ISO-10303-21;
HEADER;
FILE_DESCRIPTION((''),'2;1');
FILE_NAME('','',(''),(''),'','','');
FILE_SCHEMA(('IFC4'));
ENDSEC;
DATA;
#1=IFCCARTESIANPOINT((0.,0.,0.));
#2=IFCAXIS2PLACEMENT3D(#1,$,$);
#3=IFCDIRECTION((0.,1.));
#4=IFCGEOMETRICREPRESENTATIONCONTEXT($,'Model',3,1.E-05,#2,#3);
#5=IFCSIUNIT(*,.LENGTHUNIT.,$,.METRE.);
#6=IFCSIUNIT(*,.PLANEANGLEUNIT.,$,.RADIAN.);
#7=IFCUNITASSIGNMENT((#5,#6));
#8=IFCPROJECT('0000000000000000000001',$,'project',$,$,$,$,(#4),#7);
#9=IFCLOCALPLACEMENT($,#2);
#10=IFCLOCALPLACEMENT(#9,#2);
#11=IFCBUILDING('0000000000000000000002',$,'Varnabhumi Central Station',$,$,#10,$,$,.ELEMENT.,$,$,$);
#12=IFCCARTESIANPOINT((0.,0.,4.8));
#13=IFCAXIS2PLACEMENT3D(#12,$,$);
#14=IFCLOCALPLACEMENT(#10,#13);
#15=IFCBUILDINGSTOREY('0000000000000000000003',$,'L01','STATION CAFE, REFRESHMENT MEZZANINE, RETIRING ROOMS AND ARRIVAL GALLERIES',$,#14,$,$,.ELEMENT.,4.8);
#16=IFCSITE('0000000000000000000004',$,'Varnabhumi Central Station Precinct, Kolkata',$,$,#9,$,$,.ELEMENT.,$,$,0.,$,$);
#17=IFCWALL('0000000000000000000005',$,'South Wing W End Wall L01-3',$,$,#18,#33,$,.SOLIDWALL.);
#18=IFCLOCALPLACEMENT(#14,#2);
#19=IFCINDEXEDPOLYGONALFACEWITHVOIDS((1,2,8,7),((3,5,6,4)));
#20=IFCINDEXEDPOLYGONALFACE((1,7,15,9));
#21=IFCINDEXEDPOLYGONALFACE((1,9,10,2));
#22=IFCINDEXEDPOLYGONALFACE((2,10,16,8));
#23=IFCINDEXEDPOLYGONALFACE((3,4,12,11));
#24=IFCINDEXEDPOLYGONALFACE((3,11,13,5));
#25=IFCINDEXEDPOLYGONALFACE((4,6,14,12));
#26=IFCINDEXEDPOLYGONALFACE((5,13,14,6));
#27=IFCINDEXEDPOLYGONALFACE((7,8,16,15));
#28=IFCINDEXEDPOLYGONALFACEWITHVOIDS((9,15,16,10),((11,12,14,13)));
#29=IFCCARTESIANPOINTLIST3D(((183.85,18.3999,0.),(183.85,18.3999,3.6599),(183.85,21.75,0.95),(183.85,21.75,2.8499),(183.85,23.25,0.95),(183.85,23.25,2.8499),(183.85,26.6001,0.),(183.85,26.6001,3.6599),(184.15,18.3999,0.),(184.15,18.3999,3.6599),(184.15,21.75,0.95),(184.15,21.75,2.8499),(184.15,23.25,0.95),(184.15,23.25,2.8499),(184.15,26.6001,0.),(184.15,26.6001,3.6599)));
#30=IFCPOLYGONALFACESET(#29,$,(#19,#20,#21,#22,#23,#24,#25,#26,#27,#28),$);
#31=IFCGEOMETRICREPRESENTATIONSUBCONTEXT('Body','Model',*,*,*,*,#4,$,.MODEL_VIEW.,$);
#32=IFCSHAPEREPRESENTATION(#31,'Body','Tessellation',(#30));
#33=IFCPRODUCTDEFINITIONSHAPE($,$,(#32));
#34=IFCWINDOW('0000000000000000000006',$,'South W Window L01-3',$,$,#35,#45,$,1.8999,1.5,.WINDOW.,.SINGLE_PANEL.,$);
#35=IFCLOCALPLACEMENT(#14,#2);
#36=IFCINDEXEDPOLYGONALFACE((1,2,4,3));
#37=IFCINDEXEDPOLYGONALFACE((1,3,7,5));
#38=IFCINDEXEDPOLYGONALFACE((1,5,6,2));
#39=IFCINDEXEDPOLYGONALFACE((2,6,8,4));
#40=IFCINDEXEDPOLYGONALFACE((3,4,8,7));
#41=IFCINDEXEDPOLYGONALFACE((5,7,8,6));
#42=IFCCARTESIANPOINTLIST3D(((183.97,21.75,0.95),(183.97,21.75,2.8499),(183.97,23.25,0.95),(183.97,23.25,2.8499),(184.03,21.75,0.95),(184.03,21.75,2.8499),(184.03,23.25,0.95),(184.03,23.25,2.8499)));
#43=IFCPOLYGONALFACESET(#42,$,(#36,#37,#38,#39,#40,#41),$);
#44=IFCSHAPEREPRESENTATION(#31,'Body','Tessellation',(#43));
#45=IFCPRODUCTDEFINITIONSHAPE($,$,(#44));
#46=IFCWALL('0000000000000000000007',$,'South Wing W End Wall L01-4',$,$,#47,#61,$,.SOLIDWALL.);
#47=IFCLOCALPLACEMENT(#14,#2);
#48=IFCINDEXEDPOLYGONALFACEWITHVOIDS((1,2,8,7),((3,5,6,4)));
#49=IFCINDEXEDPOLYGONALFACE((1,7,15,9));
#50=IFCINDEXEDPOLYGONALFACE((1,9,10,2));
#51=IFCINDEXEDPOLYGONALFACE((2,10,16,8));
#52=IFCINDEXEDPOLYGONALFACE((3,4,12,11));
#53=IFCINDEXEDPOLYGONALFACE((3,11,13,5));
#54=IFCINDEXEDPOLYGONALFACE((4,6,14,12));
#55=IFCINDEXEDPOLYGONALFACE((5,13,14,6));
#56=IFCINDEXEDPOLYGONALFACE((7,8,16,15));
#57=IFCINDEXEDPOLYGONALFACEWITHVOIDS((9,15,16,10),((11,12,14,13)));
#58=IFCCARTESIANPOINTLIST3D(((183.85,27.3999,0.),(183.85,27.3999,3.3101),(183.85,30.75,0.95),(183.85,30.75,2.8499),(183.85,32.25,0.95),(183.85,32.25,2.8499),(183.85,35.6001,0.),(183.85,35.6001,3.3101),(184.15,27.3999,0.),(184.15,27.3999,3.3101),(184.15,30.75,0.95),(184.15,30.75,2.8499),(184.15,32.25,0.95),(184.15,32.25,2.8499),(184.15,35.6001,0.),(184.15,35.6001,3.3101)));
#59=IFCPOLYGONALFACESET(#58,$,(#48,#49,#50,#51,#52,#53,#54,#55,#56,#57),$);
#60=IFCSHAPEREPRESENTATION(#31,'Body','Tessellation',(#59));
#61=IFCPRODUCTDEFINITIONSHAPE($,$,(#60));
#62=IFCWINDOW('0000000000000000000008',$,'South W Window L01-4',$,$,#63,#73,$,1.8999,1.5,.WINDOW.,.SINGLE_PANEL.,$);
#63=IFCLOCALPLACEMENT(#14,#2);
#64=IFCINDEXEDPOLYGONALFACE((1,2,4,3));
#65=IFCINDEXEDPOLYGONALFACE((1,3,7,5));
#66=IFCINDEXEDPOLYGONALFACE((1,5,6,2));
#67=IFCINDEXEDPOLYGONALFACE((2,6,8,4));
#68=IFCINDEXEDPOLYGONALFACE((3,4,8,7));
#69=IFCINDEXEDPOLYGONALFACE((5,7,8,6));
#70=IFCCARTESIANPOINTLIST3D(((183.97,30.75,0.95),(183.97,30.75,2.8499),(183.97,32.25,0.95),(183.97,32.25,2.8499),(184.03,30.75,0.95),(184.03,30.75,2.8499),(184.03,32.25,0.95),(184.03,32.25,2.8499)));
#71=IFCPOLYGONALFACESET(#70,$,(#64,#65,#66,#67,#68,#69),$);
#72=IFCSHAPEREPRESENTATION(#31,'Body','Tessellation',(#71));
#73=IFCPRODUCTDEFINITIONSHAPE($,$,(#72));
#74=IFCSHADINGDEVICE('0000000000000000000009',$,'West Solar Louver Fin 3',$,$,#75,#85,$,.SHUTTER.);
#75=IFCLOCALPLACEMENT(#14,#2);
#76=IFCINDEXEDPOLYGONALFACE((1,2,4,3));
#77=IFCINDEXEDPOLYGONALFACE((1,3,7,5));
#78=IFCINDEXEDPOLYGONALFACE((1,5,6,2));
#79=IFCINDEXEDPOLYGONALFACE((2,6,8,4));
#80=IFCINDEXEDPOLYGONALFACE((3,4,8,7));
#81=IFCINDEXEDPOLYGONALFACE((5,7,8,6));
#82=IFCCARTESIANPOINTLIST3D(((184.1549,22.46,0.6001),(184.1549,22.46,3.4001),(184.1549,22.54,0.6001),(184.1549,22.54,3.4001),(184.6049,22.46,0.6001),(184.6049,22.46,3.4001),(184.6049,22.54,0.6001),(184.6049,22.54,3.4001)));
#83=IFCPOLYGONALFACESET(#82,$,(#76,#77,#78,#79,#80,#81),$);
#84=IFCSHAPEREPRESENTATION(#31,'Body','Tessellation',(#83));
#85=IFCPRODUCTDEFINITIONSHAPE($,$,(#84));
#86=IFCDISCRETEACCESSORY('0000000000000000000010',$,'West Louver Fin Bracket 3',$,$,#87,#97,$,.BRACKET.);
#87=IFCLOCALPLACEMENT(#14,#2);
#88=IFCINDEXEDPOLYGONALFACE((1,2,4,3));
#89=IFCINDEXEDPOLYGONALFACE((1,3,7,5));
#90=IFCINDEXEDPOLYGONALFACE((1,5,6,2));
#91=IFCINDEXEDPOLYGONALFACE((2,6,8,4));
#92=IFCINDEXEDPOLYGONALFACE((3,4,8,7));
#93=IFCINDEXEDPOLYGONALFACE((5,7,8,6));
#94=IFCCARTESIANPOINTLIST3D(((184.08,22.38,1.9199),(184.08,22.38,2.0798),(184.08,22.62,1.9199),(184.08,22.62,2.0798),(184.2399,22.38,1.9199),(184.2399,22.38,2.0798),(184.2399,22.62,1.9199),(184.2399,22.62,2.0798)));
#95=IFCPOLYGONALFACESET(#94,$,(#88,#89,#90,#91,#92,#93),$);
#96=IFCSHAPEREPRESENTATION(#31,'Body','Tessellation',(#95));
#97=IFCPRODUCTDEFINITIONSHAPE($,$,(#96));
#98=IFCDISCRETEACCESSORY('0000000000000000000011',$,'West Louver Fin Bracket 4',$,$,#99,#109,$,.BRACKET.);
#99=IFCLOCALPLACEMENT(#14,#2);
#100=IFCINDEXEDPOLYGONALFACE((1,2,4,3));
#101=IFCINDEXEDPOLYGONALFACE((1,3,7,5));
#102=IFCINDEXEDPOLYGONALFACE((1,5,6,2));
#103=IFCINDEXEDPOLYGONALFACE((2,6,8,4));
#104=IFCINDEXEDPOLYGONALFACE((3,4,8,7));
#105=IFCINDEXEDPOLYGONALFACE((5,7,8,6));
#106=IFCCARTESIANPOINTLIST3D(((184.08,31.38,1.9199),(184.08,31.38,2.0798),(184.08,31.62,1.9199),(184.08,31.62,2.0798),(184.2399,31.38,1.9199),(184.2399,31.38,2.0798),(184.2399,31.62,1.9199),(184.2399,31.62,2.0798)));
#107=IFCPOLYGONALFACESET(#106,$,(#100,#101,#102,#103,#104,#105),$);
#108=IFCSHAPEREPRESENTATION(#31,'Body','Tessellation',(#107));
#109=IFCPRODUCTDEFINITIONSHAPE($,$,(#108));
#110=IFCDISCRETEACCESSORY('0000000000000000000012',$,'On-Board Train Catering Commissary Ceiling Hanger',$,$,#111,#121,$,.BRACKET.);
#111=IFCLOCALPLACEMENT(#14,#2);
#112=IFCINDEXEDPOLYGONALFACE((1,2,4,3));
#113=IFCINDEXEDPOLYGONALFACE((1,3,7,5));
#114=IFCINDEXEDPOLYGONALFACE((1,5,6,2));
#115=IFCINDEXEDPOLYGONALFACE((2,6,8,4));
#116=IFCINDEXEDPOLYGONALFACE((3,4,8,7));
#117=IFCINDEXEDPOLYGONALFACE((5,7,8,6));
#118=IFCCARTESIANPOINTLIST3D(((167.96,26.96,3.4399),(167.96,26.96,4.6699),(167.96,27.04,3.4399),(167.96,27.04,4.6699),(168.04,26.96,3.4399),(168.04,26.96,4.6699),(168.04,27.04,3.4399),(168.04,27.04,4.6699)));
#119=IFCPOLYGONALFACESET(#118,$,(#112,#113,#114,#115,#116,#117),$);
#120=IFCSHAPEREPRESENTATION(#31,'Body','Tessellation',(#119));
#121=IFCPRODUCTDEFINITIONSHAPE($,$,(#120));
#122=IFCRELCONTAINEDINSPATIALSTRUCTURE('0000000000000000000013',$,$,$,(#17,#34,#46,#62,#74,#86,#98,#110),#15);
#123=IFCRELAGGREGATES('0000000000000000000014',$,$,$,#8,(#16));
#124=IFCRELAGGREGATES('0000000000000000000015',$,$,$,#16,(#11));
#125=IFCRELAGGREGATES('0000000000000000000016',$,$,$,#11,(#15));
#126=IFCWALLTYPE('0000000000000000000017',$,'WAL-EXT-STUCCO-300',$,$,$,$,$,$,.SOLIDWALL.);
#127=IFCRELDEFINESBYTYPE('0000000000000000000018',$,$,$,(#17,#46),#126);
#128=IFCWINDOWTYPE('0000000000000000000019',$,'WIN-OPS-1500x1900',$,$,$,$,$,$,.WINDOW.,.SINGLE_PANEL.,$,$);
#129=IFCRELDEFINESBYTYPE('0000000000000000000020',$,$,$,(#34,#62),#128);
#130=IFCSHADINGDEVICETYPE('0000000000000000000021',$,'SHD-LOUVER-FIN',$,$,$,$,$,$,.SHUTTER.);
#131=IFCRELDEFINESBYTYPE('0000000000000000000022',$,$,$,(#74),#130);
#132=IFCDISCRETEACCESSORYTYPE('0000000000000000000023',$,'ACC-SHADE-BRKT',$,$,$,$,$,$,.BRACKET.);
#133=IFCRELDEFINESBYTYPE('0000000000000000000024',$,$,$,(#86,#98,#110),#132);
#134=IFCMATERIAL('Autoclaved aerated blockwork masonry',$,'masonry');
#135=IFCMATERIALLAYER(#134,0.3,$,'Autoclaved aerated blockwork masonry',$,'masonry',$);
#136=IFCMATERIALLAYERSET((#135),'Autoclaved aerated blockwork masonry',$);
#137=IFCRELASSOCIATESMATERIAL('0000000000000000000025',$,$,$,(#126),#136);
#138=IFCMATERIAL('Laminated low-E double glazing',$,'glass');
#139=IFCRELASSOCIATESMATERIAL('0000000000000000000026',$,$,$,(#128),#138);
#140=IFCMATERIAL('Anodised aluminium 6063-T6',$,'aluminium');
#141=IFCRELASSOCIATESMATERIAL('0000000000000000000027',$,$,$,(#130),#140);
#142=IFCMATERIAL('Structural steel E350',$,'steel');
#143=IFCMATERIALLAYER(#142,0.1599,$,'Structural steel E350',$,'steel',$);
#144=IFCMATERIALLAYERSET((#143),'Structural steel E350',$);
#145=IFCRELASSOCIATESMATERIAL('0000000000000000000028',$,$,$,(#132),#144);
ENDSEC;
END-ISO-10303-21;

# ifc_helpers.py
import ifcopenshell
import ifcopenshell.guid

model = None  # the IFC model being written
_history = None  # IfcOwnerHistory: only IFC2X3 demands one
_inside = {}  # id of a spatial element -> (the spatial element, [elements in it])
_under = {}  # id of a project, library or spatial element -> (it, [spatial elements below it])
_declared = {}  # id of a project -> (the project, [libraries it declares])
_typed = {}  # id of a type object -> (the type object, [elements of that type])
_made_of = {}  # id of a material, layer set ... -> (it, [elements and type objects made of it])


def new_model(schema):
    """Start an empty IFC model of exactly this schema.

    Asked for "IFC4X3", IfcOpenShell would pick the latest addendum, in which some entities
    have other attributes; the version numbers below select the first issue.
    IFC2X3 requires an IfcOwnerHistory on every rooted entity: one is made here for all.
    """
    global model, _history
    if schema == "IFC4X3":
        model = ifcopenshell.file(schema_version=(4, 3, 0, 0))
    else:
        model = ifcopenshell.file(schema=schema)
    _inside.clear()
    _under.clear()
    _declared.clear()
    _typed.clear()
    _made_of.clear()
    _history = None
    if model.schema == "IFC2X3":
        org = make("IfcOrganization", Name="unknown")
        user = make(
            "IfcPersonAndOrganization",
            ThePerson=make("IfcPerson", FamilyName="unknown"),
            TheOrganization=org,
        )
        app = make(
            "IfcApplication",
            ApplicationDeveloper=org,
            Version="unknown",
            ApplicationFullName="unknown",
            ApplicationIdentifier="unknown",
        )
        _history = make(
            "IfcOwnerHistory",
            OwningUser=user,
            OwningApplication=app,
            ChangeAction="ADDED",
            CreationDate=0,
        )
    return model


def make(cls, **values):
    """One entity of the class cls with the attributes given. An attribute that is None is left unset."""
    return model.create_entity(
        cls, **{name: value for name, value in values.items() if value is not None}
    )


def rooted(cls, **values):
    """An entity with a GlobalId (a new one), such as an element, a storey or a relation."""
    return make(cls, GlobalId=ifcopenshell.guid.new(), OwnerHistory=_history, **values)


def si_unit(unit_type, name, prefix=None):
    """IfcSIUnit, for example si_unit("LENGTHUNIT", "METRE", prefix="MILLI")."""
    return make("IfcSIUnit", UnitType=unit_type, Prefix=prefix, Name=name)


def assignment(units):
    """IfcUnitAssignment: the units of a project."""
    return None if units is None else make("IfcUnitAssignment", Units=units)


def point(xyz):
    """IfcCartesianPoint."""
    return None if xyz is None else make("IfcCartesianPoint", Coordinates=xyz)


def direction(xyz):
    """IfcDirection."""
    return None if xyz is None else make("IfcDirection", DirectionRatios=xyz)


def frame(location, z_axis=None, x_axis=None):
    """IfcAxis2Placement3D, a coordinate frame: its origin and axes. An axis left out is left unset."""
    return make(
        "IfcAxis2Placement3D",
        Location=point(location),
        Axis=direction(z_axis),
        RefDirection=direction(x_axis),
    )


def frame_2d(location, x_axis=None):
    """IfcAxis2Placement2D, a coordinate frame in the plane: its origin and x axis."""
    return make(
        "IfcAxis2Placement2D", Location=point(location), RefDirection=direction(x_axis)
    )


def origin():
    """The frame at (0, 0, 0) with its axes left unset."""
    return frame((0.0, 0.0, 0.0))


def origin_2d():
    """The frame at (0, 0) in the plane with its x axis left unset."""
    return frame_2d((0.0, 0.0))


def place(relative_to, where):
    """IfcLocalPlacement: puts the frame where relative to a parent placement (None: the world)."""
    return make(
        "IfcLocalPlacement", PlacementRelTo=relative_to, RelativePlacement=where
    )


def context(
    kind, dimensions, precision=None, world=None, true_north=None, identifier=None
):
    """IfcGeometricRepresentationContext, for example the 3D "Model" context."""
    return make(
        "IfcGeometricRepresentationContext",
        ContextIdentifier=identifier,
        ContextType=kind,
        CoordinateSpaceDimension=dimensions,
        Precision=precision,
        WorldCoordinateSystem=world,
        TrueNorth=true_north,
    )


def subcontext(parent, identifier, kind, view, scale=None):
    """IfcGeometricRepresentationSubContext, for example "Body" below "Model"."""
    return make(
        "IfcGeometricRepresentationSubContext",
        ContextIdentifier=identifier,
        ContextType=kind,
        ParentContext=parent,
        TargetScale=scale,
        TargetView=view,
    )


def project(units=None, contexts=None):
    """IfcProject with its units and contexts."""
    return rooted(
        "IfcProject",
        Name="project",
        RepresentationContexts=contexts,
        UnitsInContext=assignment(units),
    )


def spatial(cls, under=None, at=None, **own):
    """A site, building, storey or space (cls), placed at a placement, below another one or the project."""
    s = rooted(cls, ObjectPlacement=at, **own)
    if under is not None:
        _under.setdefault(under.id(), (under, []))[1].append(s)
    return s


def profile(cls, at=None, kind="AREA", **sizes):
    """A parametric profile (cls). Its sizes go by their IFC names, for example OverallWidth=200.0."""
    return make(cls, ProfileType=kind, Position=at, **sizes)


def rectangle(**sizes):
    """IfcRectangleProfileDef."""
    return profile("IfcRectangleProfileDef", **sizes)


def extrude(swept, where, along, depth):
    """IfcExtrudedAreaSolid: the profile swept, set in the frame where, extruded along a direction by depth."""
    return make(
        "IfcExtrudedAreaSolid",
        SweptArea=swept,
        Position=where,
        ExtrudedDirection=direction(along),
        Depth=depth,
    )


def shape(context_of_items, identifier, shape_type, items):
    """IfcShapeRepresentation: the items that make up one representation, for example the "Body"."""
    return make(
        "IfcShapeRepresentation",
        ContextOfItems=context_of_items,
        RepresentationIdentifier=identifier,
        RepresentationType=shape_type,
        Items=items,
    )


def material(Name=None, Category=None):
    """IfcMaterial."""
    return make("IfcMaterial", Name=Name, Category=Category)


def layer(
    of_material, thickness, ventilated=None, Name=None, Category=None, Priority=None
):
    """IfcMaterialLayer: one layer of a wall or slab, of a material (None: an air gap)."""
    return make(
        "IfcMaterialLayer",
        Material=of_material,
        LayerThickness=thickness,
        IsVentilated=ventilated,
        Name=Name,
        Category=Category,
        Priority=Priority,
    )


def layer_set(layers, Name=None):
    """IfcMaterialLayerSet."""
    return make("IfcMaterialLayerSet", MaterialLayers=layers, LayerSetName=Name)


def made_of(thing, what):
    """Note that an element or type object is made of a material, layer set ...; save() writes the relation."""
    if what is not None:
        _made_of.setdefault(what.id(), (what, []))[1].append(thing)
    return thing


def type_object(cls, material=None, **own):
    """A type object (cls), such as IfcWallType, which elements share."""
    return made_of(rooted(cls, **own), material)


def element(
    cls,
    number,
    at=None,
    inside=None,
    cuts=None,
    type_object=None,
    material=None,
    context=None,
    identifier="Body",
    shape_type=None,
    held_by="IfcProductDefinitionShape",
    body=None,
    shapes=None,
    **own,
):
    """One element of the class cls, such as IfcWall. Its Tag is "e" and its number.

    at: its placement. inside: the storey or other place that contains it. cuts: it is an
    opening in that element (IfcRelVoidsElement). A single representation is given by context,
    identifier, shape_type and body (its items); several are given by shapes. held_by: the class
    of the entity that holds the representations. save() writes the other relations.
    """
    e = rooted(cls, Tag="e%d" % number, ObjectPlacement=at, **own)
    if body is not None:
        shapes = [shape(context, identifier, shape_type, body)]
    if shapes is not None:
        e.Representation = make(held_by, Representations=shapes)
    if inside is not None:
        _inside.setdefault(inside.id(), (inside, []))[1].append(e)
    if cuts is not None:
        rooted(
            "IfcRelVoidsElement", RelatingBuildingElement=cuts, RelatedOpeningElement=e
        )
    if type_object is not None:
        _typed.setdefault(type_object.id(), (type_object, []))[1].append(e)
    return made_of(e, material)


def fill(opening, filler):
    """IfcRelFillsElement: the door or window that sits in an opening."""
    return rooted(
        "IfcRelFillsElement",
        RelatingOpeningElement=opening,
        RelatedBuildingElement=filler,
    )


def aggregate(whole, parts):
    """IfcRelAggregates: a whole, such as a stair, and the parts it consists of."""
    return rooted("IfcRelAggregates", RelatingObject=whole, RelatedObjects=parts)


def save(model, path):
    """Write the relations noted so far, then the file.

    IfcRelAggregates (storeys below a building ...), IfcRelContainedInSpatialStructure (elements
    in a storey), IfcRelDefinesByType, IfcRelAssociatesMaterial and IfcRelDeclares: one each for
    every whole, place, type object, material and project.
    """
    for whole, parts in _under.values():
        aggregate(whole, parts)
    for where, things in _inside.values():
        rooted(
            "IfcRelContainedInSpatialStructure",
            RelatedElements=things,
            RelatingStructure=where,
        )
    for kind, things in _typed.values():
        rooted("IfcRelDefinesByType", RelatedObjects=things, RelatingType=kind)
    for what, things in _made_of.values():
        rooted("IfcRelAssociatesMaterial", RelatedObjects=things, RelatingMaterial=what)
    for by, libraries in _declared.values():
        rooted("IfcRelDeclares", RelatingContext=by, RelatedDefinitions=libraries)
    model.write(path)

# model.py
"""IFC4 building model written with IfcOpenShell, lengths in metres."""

from ifc_helpers import new_model, si_unit, direction, frame, frame_2d, origin, origin_2d, place, context, subcontext, project, spatial, rectangle, extrude, material, layer, layer_set, type_object, element, fill, save


model = new_model("IFC4")

# Units and contexts
model_context = context("Model", 3, precision=1e-05, world=origin(), true_north=direction((0.0, 1.0)))
body_context = subcontext(model_context, "Body", "Model", "MODEL_VIEW")
ifc_project = project(units=[si_unit("LENGTHUNIT", "METRE"), si_unit("PLANEANGLEUNIT", "RADIAN")], contexts=[model_context])

# Site, building, storey
site_placement = place(None, origin())
site = spatial("IfcSite", under=ifc_project, at=site_placement, Name="Varnabhumi Central Station Precinct, Kolkata", CompositionType="ELEMENT", RefElevation=0.0)
building_placement = place(site_placement, origin())
building = spatial("IfcBuilding", under=site, at=building_placement, Name="Varnabhumi Central Station", CompositionType="ELEMENT")
storey_placement = place(building_placement, frame((0.0, 0.0, 4.8)))
storey = spatial("IfcBuildingStorey", under=building, at=storey_placement, Name="L01", Description="STATION CAFE, REFRESHMENT MEZZANINE, RETIRING ROOMS AND ARRIVAL GALLERIES", CompositionType="ELEMENT", Elevation=4.8)

# Walls, openings, windows
ifc_material_1 = material(Name="Autoclaved aerated blockwork masonry", Category="masonry")
ifc_layer_1 = layer(ifc_material_1, 0.3, Name="Autoclaved aerated blockwork masonry", Category="masonry")
ifc_layer_set_1 = layer_set([ifc_layer_1], Name="Autoclaved aerated blockwork masonry")
wall_type = type_object("IfcWallType", Name="WAL-EXT-STUCCO-300", PredefinedType="SOLIDWALL", material=ifc_layer_set_1)
wall_1_placement = place(storey_placement, frame((184.0, 18.3999, 0.0), z_axis=(0.0, 0.0, 1.0), x_axis=(0.0, 1.0, 0.0)))
wall_1 = element("IfcWall", 1, at=wall_1_placement, inside=storey, type_object=wall_type, Name="South Wing W End Wall L01-3", PredefinedType="SOLIDWALL", context=body_context, shape_type="SweptSolid", body=[
    extrude(rectangle(XDim=8.2002, YDim=0.3, at=frame_2d((4.1001, 0.0))), origin(), (0.0, 0.0, 1.0), 3.6599),
])
opening_1_placement = place(wall_1_placement, frame((3.3501, 0.0, 0.95)))
opening_1 = element("IfcOpeningElement", 2, at=opening_1_placement, cuts=wall_1, PredefinedType="OPENING", context=body_context, shape_type="SweptSolid", body=[
    extrude(rectangle(XDim=1.5, YDim=1.8999, at=frame_2d((0.75, 0.95))), frame((0.0, 0.1599, 0.0), z_axis=(0.0, -1.0, 0.0), x_axis=(1.0, 0.0, 0.0)), (0.0, 0.0, 1.0), 0.3201),
])
ifc_material_2 = material(Name="Laminated low-E double glazing", Category="glass")
window_type = type_object("IfcWindowType", Name="WIN-OPS-1500x1900", PartitioningType="SINGLE_PANEL", PredefinedType="WINDOW", material=ifc_material_2)
window_1_placement = place(opening_1_placement, origin())
window_1 = element("IfcWindow", 3, at=window_1_placement, inside=storey, type_object=window_type, Name="South W Window L01-3", OverallHeight=1.8999, OverallWidth=1.5, PartitioningType="SINGLE_PANEL", PredefinedType="WINDOW", context=body_context, shape_type="SweptSolid", body=[
    extrude(rectangle(XDim=1.5, YDim=1.8999, at=frame_2d((0.75, 0.95))), frame((0.0, 0.03, 0.0), z_axis=(0.0, -1.0, 0.0), x_axis=(1.0, 0.0, 0.0)), (0.0, 0.0, 1.0), 0.0601),
])
fill(opening_1, window_1)
wall_2_placement = place(storey_placement, frame((184.0, 27.3999, 0.0), z_axis=(0.0, 0.0, 1.0), x_axis=(0.0, 1.0, 0.0)))
wall_2 = element("IfcWall", 4, at=wall_2_placement, inside=storey, type_object=wall_type, Name="South Wing W End Wall L01-4", PredefinedType="SOLIDWALL", context=body_context, shape_type="SweptSolid", body=[
    extrude(rectangle(XDim=8.2002, YDim=0.3, at=frame_2d((4.1001, 0.0))), origin(), (0.0, 0.0, 1.0), 3.3101),
])
opening_2_placement = place(wall_2_placement, frame((3.3501, 0.0, 0.95)))
opening_2 = element("IfcOpeningElement", 5, at=opening_2_placement, cuts=wall_2, PredefinedType="OPENING", context=body_context, shape_type="SweptSolid", body=[
    extrude(rectangle(XDim=1.5, YDim=1.8999, at=frame_2d((0.75, 0.95))), frame((0.0, 0.1599, 0.0), z_axis=(0.0, -1.0, 0.0), x_axis=(1.0, 0.0, 0.0)), (0.0, 0.0, 1.0), 0.3201),
])
window_2_placement = place(opening_2_placement, origin())
window_2 = element("IfcWindow", 6, at=window_2_placement, inside=storey, type_object=window_type, Name="South W Window L01-4", OverallHeight=1.8999, OverallWidth=1.5, PartitioningType="SINGLE_PANEL", PredefinedType="WINDOW", context=body_context, shape_type="SweptSolid", body=[
    extrude(rectangle(XDim=1.5, YDim=1.8999, at=frame_2d((0.75, 0.95))), frame((0.0, 0.03, 0.0), z_axis=(0.0, -1.0, 0.0), x_axis=(1.0, 0.0, 0.0)), (0.0, 0.0, 1.0), 0.0601),
])
fill(opening_2, window_2)

# Shading device
ifc_material_3 = material(Name="Anodised aluminium 6063-T6", Category="aluminium")
shading_device_type = type_object("IfcShadingDeviceType", Name="SHD-LOUVER-FIN", PredefinedType="SHUTTER", material=ifc_material_3)
shading_device_placement = place(storey_placement, frame((184.3799, 22.5, 0.6001), z_axis=(0.0, 0.0, 1.0), x_axis=(1.0, 0.0, 0.0)))
element("IfcShadingDevice", 7, at=shading_device_placement, inside=storey, type_object=shading_device_type, Name="West Solar Louver Fin 3", PredefinedType="SHUTTER", context=body_context, shape_type="SweptSolid", body=[
    extrude(rectangle(XDim=0.45, YDim=0.0801, at=origin_2d()), origin(), (0.0, 0.0, 1.0), 2.8),
])

# Discrete accessories
ifc_material_4 = material(Name="Structural steel E350", Category="steel")
ifc_layer_2 = layer(ifc_material_4, 0.1599, Name="Structural steel E350", Category="steel")
ifc_layer_set_2 = layer_set([ifc_layer_2], Name="Structural steel E350")
discrete_accessory_type = type_object("IfcDiscreteAccessoryType", Name="ACC-SHADE-BRKT", PredefinedType="BRACKET", material=ifc_layer_set_2)
for number, where, z_axis, x_axis, name in (
    (8, (184.1599, 22.5, 1.9199), (0.0, 0.0, 1.0), (1.0, 0.0, 0.0), "West Louver Fin Bracket 3"),
    (9, (184.1599, 31.5, 1.9199), (0.0, 0.0, 1.0), (1.0, 0.0, 0.0), "West Louver Fin Bracket 4"),
):
    element("IfcDiscreteAccessory", number, at=place(storey_placement, frame(where, z_axis=z_axis, x_axis=x_axis)), inside=storey, type_object=discrete_accessory_type, Name=name, PredefinedType="BRACKET", context=body_context, shape_type="SweptSolid", body=[
        extrude(rectangle(XDim=0.1599, YDim=0.24, at=origin_2d()), origin(), (0.0, 0.0, 1.0), 0.1599),
    ])
discrete_accessory_placement = place(storey_placement, frame((168.0, 27.0, 3.4399), z_axis=(0.0, 0.0, 1.0), x_axis=(1.0, 0.0, 0.0)))
element("IfcDiscreteAccessory", 10, at=discrete_accessory_placement, inside=storey, type_object=discrete_accessory_type, Name="On-Board Train Catering Commissary Ceiling Hanger", PredefinedType="BRACKET", context=body_context, shape_type="SweptSolid", body=[
    extrude(rectangle(XDim=0.0801, YDim=0.0801, at=origin_2d()), origin(), (0.0, 0.0, 1.0), 1.23),
])

save(model, "model.ifc")
